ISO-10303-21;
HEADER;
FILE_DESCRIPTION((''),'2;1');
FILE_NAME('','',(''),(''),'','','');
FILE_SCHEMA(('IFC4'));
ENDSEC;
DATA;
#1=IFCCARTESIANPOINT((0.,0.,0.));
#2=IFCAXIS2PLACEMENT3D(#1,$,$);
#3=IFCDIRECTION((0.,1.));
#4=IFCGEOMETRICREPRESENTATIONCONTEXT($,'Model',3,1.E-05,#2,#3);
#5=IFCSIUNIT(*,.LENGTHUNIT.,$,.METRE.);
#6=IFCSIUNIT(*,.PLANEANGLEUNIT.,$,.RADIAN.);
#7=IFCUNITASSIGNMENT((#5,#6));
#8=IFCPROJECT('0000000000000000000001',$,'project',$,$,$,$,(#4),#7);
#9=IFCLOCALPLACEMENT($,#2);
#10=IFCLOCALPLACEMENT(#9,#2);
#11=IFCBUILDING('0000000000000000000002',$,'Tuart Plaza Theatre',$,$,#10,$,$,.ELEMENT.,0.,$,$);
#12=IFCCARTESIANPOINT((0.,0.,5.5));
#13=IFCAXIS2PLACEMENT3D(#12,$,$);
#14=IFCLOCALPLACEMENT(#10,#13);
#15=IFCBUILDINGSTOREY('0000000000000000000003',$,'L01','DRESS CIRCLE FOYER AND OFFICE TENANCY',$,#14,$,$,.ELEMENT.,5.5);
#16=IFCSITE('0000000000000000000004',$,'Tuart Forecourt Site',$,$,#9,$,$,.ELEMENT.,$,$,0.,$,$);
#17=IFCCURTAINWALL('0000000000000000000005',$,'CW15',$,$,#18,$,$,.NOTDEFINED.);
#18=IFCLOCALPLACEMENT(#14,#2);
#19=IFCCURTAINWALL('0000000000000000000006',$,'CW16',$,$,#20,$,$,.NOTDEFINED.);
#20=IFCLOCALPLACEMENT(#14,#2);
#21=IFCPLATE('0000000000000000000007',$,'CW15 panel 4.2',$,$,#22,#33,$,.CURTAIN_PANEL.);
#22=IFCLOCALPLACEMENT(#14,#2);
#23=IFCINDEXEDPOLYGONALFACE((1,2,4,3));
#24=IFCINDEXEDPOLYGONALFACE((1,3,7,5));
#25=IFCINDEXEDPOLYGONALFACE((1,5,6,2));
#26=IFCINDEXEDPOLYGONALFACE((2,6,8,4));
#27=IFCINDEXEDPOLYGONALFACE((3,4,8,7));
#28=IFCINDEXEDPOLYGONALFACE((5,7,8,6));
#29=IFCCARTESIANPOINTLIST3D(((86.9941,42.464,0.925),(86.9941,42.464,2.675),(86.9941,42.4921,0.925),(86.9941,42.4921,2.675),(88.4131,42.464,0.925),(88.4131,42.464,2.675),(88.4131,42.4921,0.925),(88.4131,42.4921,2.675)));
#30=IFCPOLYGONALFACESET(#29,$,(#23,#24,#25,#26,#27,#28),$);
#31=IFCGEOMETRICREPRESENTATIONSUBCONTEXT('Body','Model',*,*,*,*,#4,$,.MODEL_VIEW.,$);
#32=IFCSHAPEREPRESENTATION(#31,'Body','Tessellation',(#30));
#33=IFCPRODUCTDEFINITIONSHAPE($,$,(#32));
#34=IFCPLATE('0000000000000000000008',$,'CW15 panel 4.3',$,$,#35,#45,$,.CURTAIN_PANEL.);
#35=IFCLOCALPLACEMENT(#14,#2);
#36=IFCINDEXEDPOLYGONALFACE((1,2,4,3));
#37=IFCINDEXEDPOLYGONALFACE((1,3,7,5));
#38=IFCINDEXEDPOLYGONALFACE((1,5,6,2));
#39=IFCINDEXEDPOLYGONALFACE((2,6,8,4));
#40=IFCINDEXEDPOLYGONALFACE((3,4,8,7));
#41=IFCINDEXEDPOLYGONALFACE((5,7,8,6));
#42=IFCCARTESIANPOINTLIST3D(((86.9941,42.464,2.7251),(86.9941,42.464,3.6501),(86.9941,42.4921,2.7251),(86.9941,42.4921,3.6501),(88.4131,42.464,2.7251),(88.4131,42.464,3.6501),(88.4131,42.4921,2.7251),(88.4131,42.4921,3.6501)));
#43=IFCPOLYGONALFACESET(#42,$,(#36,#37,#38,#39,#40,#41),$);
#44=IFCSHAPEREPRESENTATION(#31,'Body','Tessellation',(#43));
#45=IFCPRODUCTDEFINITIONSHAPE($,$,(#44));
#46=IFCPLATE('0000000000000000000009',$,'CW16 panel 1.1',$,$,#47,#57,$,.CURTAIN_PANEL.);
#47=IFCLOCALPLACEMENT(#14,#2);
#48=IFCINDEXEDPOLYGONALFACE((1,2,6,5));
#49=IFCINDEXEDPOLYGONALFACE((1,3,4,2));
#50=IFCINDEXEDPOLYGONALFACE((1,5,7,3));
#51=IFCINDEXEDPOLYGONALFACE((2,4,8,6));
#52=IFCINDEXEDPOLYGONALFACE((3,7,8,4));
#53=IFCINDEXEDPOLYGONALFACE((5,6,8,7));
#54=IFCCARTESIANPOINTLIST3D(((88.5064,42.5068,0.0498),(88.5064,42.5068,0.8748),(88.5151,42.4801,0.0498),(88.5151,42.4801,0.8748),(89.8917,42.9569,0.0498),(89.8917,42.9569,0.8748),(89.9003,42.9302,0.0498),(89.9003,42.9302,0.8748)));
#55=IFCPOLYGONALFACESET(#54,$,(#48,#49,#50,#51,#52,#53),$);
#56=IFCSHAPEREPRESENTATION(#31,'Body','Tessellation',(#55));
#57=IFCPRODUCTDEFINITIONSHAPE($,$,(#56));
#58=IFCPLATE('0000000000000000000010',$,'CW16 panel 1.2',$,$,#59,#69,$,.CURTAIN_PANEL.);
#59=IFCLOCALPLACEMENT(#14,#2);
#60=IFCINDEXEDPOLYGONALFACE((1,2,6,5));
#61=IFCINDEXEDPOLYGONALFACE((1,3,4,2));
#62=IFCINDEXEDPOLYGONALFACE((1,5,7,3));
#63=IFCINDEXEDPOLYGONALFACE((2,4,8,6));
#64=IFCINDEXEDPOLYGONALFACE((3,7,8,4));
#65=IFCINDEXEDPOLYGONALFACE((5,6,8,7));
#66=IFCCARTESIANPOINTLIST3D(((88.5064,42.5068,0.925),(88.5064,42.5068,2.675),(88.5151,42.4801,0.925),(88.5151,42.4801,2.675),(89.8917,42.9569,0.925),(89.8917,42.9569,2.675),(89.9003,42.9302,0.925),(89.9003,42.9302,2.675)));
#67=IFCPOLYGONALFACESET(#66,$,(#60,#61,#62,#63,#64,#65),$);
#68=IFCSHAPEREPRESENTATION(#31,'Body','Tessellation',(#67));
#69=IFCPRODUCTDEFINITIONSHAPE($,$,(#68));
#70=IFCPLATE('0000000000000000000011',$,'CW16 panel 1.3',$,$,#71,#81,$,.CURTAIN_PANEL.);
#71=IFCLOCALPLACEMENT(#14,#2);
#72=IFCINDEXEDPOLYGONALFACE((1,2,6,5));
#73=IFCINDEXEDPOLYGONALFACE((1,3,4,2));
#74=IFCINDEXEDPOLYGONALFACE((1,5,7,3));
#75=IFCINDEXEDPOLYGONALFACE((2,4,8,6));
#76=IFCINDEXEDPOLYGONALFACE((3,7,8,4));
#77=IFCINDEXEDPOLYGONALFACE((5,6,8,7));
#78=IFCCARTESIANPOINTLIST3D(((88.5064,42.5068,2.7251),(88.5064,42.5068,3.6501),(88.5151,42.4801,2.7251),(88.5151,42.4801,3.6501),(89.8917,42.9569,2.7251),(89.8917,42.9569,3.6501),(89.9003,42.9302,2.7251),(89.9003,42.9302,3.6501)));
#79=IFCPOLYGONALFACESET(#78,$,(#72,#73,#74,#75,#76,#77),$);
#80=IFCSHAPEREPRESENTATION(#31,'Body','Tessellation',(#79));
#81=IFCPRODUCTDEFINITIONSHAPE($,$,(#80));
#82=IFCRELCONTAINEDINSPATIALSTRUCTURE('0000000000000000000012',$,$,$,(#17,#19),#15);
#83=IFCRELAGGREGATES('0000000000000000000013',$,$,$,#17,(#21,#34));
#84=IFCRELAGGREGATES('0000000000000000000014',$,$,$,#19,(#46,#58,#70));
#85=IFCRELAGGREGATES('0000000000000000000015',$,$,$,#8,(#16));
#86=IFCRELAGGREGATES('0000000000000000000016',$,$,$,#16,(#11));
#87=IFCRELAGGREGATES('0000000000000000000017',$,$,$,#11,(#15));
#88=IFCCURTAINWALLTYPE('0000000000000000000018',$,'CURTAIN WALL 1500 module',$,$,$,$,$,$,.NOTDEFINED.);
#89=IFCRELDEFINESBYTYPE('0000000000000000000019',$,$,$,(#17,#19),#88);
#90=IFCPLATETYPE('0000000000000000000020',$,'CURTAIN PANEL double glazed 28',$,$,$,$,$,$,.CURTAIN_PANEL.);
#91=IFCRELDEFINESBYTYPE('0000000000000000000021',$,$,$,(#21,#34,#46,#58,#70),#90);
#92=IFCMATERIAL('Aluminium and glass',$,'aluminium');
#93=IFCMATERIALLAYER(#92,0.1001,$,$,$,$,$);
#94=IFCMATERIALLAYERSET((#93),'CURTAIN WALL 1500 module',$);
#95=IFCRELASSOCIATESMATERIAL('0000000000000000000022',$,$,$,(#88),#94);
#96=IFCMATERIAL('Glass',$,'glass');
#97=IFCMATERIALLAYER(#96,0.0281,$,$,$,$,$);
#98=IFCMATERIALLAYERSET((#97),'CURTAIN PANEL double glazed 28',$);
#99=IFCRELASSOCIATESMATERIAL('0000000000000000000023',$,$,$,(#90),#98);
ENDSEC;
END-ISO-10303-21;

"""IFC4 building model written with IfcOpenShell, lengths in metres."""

from ifc_helpers import new_model, si_unit, direction, frame, origin, origin_2d, place, context, subcontext, project, spatial, rectangle, extrude, material, layer, layer_set, type_object, element, aggregate, save


model = new_model("IFC4")

# Units and contexts
model_context = context("Model", 3, precision=1e-05, world=origin(), true_north=direction((0.0, 1.0)))
body_context = subcontext(model_context, "Body", "Model", "MODEL_VIEW")
ifc_project = project(units=[si_unit("LENGTHUNIT", "METRE"), si_unit("PLANEANGLEUNIT", "RADIAN")], contexts=[model_context])

# Site, building, storey
site_placement = place(None, origin())
site = spatial("IfcSite", under=ifc_project, at=site_placement, Name="Tuart Forecourt Site", CompositionType="ELEMENT", RefElevation=0.0)
building_placement = place(site_placement, origin())
building = spatial("IfcBuilding", under=site, at=building_placement, Name="Tuart Plaza Theatre", CompositionType="ELEMENT", ElevationOfRefHeight=0.0)
storey_placement = place(building_placement, frame((0.0, 0.0, 5.5)))
storey = spatial("IfcBuildingStorey", under=building, at=storey_placement, Name="L01", Description="DRESS CIRCLE FOYER AND OFFICE TENANCY", CompositionType="ELEMENT", Elevation=5.5)

# Curtain wall
ifc_material_1 = material(Name="Aluminium and glass", Category="aluminium")
ifc_layer_1 = layer(ifc_material_1, 0.1001)
ifc_layer_set_1 = layer_set([ifc_layer_1], Name="CURTAIN WALL 1500 module")
curtain_wall_type = type_object("IfcCurtainWallType", Name="CURTAIN WALL 1500 module", PredefinedType="NOTDEFINED", material=ifc_layer_set_1)
curtain_wall_1_placement = place(storey_placement, origin())
curtain_wall_1 = element("IfcCurtainWall", 1, at=curtain_wall_1_placement, inside=storey, type_object=curtain_wall_type, Name="CW15", PredefinedType="NOTDEFINED")

# Curtain wall
curtain_wall_2_placement = place(storey_placement, origin())
curtain_wall_2 = element("IfcCurtainWall", 2, at=curtain_wall_2_placement, inside=storey, type_object=curtain_wall_type, Name="CW16", PredefinedType="NOTDEFINED")

# Plates
ifc_material_2 = material(Name="Glass", Category="glass")
ifc_layer_2 = layer(ifc_material_2, 0.0281)
ifc_layer_set_2 = layer_set([ifc_layer_2], Name="CURTAIN PANEL double glazed 28")
plate_type = type_object("IfcPlateType", Name="CURTAIN PANEL double glazed 28", PredefinedType="CURTAIN_PANEL", material=ifc_layer_set_2)
plate_1_placement = place(storey_placement, frame((87.7036, 42.478, 0.925), z_axis=(0.0, 0.0, 1.0), x_axis=(1.0, 0.0, 0.0)))
plate_1 = element("IfcPlate", 3, at=plate_1_placement, type_object=plate_type, Name="CW15 panel 4.2", PredefinedType="CURTAIN_PANEL", context=body_context, shape_type="SweptSolid", body=[
    extrude(rectangle(XDim=1.4189, YDim=0.0281, at=origin_2d()), origin(), (0.0, 0.0, 1.0), 1.75),
])
plate_2_placement = place(storey_placement, frame((87.7036, 42.478, 2.7251), z_axis=(0.0, 0.0, 1.0), x_axis=(1.0, 0.0, 0.0)))
plate_2 = element("IfcPlate", 4, at=plate_2_placement, type_object=plate_type, Name="CW15 panel 4.3", PredefinedType="CURTAIN_PANEL", context=body_context, shape_type="SweptSolid", body=[
    extrude(rectangle(XDim=1.4189, YDim=0.0281, at=origin_2d()), origin(), (0.0, 0.0, 1.0), 0.925),
])
aggregate(curtain_wall_1, [plate_1, plate_2])
plate_3_placement = place(storey_placement, frame((89.2034, 42.7185, 0.0498), z_axis=(0.0, 0.0, 1.0), x_axis=(0.951056, 0.309018, 0.0)))
plate_3 = element("IfcPlate", 5, at=plate_3_placement, type_object=plate_type, Name="CW16 panel 1.1", PredefinedType="CURTAIN_PANEL", context=body_context, shape_type="SweptSolid", body=[
    extrude(rectangle(XDim=1.4565, YDim=0.0281, at=origin_2d()), origin(), (0.0, 0.0, 1.0), 0.825),
])
plate_4_placement = place(storey_placement, frame((89.2034, 42.7185, 0.925), z_axis=(0.0, 0.0, 1.0), x_axis=(0.951056, 0.309018, 0.0)))
plate_4 = element("IfcPlate", 6, at=plate_4_placement, type_object=plate_type, Name="CW16 panel 1.2", PredefinedType="CURTAIN_PANEL", context=body_context, shape_type="SweptSolid", body=[
    extrude(rectangle(XDim=1.4565, YDim=0.0281, at=origin_2d()), origin(), (0.0, 0.0, 1.0), 1.75),
])
plate_5_placement = place(storey_placement, frame((89.2034, 42.7185, 2.7251), z_axis=(0.0, 0.0, 1.0), x_axis=(0.951056, 0.309018, 0.0)))
plate_5 = element("IfcPlate", 7, at=plate_5_placement, type_object=plate_type, Name="CW16 panel 1.3", PredefinedType="CURTAIN_PANEL", context=body_context, shape_type="SweptSolid", body=[
    extrude(rectangle(XDim=1.4565, YDim=0.0281, at=origin_2d()), origin(), (0.0, 0.0, 1.0), 0.925),
])
aggregate(curtain_wall_2, [plate_3, plate_4, plate_5])

save(model, "model.ifc")
